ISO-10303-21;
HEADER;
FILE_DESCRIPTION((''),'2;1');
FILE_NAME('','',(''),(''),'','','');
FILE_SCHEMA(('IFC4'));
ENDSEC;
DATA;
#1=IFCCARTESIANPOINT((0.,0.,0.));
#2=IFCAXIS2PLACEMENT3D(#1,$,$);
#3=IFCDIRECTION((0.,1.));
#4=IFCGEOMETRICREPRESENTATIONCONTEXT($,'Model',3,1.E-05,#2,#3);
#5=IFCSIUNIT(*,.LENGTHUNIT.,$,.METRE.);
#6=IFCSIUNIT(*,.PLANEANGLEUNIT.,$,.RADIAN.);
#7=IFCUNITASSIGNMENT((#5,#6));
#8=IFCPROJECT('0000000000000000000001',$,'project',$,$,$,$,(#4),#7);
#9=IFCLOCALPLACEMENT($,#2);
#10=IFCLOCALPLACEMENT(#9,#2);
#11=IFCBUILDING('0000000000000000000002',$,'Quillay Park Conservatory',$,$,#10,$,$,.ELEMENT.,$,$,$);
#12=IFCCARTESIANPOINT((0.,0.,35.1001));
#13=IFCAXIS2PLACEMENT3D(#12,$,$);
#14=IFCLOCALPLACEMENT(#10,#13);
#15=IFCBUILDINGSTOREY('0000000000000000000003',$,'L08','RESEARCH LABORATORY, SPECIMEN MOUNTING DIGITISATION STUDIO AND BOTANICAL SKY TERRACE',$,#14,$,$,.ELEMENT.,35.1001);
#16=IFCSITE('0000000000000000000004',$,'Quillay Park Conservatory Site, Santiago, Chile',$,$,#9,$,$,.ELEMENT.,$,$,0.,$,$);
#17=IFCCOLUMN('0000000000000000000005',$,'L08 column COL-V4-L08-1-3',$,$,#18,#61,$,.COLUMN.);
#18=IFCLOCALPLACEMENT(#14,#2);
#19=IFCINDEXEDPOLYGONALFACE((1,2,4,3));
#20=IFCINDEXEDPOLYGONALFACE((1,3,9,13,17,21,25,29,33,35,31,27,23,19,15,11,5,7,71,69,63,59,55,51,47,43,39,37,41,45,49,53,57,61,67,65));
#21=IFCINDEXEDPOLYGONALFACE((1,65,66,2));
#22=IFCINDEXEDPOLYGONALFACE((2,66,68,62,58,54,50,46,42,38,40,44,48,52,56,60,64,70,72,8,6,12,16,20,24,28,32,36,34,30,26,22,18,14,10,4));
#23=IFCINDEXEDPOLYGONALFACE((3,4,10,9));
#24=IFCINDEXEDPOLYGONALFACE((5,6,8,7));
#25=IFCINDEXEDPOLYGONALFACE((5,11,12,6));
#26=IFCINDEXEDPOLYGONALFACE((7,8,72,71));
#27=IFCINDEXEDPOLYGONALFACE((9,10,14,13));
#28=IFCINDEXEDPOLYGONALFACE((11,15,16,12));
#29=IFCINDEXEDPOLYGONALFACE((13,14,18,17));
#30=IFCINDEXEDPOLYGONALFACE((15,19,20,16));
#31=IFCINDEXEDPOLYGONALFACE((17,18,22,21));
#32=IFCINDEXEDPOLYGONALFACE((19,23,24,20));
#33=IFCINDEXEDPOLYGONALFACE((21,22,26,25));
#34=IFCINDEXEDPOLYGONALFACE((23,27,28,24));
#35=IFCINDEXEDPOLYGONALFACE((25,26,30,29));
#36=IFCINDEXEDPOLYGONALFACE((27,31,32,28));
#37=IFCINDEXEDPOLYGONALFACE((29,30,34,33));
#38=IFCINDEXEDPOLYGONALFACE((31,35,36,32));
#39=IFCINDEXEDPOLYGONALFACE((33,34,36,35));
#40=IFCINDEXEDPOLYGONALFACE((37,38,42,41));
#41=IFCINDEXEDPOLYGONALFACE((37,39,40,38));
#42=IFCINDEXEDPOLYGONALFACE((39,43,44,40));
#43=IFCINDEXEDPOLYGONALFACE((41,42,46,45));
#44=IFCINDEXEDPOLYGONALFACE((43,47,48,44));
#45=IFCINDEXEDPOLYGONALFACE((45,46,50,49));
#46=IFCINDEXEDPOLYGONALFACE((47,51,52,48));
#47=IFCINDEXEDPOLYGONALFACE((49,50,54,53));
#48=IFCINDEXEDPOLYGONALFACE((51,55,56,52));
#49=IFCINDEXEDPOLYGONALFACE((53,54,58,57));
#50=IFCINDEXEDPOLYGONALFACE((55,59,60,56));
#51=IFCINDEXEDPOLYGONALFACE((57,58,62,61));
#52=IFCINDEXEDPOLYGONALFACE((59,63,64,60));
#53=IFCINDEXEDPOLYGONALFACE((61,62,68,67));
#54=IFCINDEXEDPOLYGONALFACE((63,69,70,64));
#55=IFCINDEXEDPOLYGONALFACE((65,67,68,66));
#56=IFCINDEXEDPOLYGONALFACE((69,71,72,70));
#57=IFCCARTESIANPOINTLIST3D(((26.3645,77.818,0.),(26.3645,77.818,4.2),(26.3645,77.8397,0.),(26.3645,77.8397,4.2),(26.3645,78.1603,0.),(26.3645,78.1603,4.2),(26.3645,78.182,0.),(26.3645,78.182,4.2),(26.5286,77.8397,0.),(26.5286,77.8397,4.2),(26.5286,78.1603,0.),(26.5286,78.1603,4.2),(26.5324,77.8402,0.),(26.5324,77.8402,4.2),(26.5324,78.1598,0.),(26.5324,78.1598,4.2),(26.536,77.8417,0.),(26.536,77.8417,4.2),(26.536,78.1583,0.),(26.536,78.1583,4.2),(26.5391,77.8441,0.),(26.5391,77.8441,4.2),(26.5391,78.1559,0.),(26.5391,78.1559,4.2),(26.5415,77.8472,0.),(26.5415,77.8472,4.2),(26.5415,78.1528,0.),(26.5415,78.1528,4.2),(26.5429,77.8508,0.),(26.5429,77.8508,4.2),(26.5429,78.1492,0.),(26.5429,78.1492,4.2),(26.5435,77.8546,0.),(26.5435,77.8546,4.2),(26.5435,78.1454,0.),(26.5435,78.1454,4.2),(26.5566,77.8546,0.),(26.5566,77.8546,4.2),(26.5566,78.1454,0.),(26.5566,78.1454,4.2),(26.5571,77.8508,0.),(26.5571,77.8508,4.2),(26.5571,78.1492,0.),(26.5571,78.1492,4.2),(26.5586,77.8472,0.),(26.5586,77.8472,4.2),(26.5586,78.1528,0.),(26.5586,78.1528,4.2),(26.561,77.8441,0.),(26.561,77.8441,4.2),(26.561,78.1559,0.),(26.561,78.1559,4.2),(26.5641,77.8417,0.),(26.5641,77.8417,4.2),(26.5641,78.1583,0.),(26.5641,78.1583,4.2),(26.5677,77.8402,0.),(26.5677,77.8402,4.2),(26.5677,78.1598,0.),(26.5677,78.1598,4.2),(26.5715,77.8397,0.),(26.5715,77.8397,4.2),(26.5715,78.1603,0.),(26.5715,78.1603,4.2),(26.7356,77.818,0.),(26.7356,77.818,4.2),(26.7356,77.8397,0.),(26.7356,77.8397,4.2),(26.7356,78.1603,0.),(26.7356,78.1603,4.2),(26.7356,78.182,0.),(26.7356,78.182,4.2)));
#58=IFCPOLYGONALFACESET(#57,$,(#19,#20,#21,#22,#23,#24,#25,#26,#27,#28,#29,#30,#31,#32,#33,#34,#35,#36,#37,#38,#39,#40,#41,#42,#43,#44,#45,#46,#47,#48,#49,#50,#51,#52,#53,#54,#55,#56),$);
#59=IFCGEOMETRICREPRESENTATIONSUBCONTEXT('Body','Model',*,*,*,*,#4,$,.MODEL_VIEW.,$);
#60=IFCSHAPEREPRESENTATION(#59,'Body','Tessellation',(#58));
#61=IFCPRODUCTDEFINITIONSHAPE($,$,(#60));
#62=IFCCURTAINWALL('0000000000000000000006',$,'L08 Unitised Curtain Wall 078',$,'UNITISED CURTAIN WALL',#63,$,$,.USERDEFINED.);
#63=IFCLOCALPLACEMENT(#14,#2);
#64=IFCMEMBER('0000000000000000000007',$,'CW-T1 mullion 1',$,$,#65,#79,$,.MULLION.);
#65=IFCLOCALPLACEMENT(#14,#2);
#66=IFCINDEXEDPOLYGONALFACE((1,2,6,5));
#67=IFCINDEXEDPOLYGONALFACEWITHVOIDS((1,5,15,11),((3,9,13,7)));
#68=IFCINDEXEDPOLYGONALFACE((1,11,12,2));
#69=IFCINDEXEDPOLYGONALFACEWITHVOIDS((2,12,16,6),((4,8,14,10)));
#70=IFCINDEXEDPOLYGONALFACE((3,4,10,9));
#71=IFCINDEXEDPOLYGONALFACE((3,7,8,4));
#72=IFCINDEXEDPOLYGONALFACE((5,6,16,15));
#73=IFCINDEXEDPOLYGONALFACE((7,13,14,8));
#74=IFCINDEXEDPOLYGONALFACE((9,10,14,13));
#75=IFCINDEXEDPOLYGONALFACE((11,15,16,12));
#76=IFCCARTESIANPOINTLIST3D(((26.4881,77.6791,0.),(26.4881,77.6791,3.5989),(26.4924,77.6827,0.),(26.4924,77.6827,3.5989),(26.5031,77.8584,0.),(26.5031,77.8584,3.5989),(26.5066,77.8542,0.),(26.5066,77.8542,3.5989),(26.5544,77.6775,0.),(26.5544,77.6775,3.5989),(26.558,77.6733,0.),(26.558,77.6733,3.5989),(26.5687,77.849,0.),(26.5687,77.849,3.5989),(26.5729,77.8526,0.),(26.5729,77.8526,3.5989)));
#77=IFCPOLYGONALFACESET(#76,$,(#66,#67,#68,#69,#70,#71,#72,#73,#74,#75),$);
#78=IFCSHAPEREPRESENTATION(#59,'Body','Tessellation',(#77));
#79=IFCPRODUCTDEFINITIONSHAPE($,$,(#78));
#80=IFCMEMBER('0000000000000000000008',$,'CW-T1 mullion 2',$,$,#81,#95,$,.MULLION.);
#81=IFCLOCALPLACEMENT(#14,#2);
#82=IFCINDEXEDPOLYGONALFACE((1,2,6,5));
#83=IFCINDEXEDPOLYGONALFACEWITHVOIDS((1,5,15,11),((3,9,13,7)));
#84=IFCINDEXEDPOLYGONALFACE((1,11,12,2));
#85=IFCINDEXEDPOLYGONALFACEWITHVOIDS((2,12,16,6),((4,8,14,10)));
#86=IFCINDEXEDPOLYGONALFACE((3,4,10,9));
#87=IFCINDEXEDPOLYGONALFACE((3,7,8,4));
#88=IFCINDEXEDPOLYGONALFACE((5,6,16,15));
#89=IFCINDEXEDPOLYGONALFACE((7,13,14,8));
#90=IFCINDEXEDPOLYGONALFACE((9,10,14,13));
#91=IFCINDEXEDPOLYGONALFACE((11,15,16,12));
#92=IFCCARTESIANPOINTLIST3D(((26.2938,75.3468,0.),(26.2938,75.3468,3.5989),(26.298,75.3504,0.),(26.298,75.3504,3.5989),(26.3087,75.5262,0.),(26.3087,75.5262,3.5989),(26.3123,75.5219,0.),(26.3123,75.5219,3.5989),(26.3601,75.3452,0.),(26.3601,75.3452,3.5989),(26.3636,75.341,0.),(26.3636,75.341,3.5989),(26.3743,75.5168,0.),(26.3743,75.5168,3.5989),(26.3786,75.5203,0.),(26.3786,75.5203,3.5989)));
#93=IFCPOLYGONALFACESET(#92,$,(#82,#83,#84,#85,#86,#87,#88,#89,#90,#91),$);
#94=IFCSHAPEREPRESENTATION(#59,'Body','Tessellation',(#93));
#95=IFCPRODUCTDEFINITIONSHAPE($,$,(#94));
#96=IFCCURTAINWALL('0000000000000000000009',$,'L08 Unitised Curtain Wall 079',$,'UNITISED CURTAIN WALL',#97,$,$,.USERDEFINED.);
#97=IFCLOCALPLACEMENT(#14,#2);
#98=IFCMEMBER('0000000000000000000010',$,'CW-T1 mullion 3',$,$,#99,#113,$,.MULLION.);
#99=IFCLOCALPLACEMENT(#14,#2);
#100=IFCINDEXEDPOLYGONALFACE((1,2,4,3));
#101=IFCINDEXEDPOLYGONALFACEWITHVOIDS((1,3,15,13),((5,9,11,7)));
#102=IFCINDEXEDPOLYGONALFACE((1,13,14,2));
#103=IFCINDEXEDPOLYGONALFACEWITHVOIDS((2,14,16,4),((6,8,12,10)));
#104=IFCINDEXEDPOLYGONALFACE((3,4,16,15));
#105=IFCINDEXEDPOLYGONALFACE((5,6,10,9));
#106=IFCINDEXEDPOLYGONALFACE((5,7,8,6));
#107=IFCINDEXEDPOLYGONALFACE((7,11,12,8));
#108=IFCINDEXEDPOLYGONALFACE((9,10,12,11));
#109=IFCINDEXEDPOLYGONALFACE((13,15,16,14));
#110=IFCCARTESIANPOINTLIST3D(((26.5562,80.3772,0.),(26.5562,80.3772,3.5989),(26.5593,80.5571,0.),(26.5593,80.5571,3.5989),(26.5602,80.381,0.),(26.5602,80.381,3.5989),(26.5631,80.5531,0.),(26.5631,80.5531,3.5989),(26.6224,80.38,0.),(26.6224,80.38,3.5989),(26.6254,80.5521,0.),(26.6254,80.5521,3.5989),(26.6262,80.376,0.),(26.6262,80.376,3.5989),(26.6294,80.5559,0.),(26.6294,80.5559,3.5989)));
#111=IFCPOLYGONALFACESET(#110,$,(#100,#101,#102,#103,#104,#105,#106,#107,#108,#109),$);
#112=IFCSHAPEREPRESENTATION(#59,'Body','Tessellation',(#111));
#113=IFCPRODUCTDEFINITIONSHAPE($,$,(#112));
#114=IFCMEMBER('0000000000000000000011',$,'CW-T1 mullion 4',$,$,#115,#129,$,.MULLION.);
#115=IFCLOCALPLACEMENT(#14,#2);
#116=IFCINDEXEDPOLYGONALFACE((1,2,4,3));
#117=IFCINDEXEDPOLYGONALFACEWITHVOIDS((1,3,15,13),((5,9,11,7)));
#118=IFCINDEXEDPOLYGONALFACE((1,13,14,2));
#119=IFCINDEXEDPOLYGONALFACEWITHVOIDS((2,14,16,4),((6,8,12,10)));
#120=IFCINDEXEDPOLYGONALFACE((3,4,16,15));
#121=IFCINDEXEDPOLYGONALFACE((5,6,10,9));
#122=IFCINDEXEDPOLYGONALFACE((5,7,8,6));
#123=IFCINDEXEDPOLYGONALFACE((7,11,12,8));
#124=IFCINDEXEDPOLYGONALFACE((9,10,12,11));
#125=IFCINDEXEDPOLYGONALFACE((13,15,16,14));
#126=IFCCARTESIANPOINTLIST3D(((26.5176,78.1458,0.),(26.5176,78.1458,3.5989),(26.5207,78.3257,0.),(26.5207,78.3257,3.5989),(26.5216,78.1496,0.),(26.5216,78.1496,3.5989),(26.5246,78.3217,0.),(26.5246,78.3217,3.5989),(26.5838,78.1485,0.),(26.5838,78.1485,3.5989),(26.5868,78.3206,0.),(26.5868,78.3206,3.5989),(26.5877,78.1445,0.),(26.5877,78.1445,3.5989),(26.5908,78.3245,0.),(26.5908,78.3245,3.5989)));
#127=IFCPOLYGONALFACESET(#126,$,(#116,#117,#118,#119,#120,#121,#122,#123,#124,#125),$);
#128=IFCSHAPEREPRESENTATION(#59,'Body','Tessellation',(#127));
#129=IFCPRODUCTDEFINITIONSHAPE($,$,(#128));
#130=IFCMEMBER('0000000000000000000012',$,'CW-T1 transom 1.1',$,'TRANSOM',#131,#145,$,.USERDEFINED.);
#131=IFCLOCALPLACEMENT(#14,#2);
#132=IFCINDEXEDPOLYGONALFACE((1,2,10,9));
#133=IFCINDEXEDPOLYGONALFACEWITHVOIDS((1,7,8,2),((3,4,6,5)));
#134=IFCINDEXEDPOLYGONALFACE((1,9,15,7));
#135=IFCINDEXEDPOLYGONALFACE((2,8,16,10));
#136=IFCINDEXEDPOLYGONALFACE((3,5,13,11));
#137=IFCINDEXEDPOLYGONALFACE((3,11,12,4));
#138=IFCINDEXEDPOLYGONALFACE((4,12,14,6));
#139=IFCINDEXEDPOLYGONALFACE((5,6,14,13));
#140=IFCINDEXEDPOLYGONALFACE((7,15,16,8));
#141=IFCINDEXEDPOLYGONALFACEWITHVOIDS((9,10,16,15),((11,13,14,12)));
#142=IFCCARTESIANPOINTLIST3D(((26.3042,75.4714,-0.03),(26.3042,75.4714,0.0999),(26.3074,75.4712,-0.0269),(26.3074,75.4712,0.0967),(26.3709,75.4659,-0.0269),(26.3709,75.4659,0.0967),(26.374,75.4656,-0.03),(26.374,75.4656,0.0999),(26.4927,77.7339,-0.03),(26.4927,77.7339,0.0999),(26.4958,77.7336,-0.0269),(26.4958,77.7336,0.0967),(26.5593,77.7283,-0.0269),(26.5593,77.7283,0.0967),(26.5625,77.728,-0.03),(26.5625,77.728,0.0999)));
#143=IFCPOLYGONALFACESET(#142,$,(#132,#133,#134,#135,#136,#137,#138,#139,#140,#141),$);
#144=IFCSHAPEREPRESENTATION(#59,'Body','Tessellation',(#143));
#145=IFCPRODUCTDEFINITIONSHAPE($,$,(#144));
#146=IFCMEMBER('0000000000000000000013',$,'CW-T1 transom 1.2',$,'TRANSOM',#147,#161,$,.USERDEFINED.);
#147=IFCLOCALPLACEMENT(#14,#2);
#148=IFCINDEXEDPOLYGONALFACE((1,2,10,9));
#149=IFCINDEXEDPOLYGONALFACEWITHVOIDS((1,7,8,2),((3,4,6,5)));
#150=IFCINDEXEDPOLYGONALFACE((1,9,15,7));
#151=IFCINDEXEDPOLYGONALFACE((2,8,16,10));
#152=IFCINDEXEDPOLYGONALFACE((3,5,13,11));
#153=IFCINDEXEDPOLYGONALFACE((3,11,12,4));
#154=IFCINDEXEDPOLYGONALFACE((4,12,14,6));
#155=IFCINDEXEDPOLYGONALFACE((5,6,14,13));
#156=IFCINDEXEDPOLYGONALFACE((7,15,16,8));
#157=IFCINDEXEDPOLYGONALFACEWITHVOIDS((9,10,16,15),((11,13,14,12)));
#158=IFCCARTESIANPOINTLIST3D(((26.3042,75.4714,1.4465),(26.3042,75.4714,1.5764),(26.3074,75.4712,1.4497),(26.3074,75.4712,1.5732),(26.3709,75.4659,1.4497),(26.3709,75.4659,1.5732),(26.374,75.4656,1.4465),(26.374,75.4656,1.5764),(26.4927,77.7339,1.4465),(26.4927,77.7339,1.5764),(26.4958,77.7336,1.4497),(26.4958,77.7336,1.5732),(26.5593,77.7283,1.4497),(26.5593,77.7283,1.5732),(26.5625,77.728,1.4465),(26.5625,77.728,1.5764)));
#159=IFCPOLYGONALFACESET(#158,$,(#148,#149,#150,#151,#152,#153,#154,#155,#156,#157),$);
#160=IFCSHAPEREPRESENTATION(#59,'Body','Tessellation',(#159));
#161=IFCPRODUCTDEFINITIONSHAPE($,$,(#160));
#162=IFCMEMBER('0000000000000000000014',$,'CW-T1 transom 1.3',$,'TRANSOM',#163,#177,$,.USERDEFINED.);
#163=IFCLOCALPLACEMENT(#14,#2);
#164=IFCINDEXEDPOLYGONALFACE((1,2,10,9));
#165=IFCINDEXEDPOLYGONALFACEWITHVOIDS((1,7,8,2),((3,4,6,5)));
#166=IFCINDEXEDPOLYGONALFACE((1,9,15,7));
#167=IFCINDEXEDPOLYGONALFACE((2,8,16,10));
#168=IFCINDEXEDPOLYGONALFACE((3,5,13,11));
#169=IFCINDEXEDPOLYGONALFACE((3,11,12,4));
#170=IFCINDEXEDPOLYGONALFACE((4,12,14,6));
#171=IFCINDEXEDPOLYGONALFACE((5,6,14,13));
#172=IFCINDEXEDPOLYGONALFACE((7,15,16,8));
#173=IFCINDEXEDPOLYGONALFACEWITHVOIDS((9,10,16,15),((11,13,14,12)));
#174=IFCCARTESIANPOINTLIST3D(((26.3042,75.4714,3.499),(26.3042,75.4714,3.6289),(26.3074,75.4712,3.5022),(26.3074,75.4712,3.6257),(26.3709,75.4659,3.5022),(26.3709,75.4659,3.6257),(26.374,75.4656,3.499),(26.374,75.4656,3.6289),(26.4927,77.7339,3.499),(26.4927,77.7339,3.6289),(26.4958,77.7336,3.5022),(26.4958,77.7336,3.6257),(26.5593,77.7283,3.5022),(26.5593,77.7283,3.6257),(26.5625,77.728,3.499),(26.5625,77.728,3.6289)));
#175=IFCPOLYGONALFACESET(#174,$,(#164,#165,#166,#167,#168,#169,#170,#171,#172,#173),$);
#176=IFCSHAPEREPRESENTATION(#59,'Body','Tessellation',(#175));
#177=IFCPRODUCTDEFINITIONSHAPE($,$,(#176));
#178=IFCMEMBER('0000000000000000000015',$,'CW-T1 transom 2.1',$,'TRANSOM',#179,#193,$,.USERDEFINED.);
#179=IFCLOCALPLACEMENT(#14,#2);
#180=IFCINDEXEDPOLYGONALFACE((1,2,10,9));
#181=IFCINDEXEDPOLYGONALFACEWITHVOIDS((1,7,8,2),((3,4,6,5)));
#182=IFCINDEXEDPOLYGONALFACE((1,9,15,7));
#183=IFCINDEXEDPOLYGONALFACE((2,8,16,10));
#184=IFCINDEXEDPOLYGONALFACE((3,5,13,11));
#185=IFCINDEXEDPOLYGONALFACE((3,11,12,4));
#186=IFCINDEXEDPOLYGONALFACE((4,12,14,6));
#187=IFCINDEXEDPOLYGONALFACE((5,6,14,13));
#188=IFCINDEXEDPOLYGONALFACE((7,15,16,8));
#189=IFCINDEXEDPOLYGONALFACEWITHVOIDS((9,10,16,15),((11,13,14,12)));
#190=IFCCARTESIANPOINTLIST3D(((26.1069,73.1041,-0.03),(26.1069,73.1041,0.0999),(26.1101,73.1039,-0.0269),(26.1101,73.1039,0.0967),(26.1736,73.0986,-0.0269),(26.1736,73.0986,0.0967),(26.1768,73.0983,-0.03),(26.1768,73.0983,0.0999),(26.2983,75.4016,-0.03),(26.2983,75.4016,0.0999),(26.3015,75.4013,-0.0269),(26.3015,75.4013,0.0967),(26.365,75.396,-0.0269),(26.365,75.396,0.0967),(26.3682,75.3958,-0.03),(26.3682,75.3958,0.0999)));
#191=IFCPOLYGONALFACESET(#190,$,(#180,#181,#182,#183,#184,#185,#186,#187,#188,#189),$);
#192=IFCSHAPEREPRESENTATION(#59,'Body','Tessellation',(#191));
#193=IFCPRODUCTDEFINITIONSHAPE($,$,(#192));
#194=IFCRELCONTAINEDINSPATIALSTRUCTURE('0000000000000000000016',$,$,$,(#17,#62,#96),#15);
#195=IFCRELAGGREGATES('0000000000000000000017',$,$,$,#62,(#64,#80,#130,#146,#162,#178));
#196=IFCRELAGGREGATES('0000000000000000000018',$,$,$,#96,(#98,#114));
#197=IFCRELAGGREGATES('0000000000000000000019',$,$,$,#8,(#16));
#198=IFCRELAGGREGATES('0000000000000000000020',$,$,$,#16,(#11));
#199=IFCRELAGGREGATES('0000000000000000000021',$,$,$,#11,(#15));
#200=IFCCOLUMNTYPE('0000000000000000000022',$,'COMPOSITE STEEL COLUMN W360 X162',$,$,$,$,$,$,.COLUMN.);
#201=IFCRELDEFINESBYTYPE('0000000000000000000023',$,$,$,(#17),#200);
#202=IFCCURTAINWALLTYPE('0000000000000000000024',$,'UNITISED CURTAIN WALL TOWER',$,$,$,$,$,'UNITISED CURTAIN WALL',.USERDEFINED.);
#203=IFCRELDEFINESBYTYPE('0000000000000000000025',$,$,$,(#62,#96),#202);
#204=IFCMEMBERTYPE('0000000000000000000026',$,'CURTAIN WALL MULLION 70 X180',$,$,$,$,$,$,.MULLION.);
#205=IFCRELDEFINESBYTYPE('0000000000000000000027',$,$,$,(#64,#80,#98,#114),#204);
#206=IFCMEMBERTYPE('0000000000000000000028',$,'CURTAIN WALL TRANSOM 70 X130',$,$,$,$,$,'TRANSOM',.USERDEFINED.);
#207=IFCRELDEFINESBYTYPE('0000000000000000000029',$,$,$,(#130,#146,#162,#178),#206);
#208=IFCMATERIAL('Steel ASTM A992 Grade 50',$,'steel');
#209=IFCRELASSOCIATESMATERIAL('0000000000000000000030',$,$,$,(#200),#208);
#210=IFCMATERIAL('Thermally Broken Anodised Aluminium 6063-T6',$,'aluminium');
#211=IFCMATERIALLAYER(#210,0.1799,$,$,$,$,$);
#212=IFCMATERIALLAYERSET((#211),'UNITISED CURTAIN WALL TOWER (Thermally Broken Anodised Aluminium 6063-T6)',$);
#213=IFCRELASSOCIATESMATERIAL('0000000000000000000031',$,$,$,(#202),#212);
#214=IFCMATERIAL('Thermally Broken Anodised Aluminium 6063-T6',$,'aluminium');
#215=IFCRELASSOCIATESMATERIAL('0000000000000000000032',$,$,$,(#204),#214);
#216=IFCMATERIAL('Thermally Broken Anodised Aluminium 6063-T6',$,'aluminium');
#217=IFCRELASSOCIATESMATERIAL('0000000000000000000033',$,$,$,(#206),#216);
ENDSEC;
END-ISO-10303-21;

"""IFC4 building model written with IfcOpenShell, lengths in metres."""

from ifc_helpers import new_model, si_unit, direction, frame, origin, origin_2d, place, context, subcontext, project, spatial, hollow_rectangle, i_section, extrude, material, layer, layer_set, material_profile, profile_set, type_object, element, aggregate, save


model = new_model("IFC4")

# Units and contexts
model_context = context("Model", 3, precision=1e-05, world=origin(), true_north=direction((0.0, 1.0)))
body_context = subcontext(model_context, "Body", "Model", "MODEL_VIEW")
ifc_project = project(units=[si_unit("LENGTHUNIT", "METRE"), si_unit("PLANEANGLEUNIT", "RADIAN")], contexts=[model_context])

# Site, building, storey
site_placement = place(None, origin())
site = spatial("IfcSite", under=ifc_project, at=site_placement, Name="Quillay Park Conservatory Site, Santiago, Chile", CompositionType="ELEMENT", RefElevation=0.0)
building_placement = place(site_placement, origin())
building = spatial("IfcBuilding", under=site, at=building_placement, Name="Quillay Park Conservatory", CompositionType="ELEMENT")
storey_placement = place(building_placement, frame((0.0, 0.0, 35.1001)))
storey = spatial("IfcBuildingStorey", under=building, at=storey_placement, Name="L08", Description="RESEARCH LABORATORY, SPECIMEN MOUNTING DIGITISATION STUDIO AND BOTANICAL SKY TERRACE", CompositionType="ELEMENT", Elevation=35.1001)

# Column
ifc_material_1 = material(Name="Steel ASTM A992 Grade 50", Category="steel")
ifc_material_profile_1 = material_profile(ifc_material_1, i_section(OverallWidth=0.3711, OverallDepth=0.364, WebThickness=0.0132, FlangeThickness=0.0217, FilletRadius=0.0149, at=origin_2d()), Name="W360x162")
ifc_profile_set_1 = profile_set([ifc_material_profile_1], Name="Steel ASTM A992 Grade 50")
column_type = type_object("IfcColumnType", Name="COMPOSITE STEEL COLUMN W360 X162", PredefinedType="COLUMN", material=ifc_profile_set_1)
column_placement = place(storey_placement, frame((26.55, 78.0, 0.0), z_axis=(0.0, 0.0, 1.0), x_axis=(1.0, 0.0, 0.0)))
element("IfcColumn", 1, at=column_placement, inside=storey, type_object=column_type, Name="L08 column COL-V4-L08-1-3", PredefinedType="COLUMN", context=body_context, shape_type="SweptSolid", body=[
    extrude(i_section(OverallWidth=0.3711, OverallDepth=0.364, WebThickness=0.0132, FlangeThickness=0.0217, FilletRadius=0.0149, at=origin_2d()), origin(), (0.0, 0.0, 1.0), 4.2),
])

# Curtain walls, members
ifc_material_2 = material(Name="Thermally Broken Anodised Aluminium 6063-T6", Category="aluminium")
ifc_layer_1 = layer(ifc_material_2, 0.1799)
ifc_layer_set_1 = layer_set([ifc_layer_1], Name="UNITISED CURTAIN WALL TOWER (Thermally Broken Anodised Aluminium 6063-T6)")
curtain_wall_type = type_object("IfcCurtainWallType", Name="UNITISED CURTAIN WALL TOWER", ElementType="UNITISED CURTAIN WALL", PredefinedType="USERDEFINED", material=ifc_layer_set_1)
curtain_wall_1_placement = place(storey_placement, origin())
curtain_wall_1 = element("IfcCurtainWall", 2, at=curtain_wall_1_placement, inside=storey, type_object=curtain_wall_type, Name="L08 Unitised Curtain Wall 078", ObjectType="UNITISED CURTAIN WALL", PredefinedType="USERDEFINED")
ifc_material_3 = material(Name="Thermally Broken Anodised Aluminium 6063-T6", Category="aluminium")
ifc_material_profile_2 = material_profile(ifc_material_3, hollow_rectangle(XDim=0.0701, YDim=0.1799, WallThickness=0.0039, at=origin_2d()), Name="AL70x180x4")
ifc_profile_set_2 = profile_set([ifc_material_profile_2], Name="Thermally Broken Anodised Aluminium 6063-T6")
member_type_1 = type_object("IfcMemberType", Name="CURTAIN WALL MULLION 70 X180", PredefinedType="MULLION", material=ifc_profile_set_2)
member_1_placement = place(storey_placement, frame((26.5305, 77.7659, 0.0), z_axis=(0.0, 0.0, 1.0), x_axis=(0.996546, -0.083048, 0.0)))
member_1 = element("IfcMember", 3, at=member_1_placement, type_object=member_type_1, Name="CW-T1 mullion 1", PredefinedType="MULLION", context=body_context, shape_type="SweptSolid", body=[
    extrude(hollow_rectangle(XDim=0.0701, YDim=0.1799, WallThickness=0.0039, at=origin_2d()), origin(), (0.0, 0.0, 1.0), 3.5989),
])
member_2_placement = place(storey_placement, frame((26.3362, 75.4336, 0.0), z_axis=(0.0, 0.0, 1.0), x_axis=(0.996546, -0.083048, 0.0)))
member_2 = element("IfcMember", 4, at=member_2_placement, type_object=member_type_1, Name="CW-T1 mullion 2", PredefinedType="MULLION", context=body_context, shape_type="SweptSolid", body=[
    extrude(hollow_rectangle(XDim=0.0701, YDim=0.1799, WallThickness=0.0039, at=origin_2d()), origin(), (0.0, 0.0, 1.0), 3.5989),
])
curtain_wall_2_placement = place(storey_placement, origin())
curtain_wall_2 = element("IfcCurtainWall", 5, at=curtain_wall_2_placement, inside=storey, type_object=curtain_wall_type, Name="L08 Unitised Curtain Wall 079", ObjectType="UNITISED CURTAIN WALL", PredefinedType="USERDEFINED")
member_3_placement = place(storey_placement, frame((26.5928, 80.4666, 0.0), z_axis=(0.0, 0.0, 1.0), x_axis=(0.999849, -0.01735, 0.0)))
member_3 = element("IfcMember", 6, at=member_3_placement, type_object=member_type_1, Name="CW-T1 mullion 3", PredefinedType="MULLION", context=body_context, shape_type="SweptSolid", body=[
    extrude(hollow_rectangle(XDim=0.0701, YDim=0.1799, WallThickness=0.0039, at=origin_2d()), origin(), (0.0, 0.0, 1.0), 3.5989),
])
member_4_placement = place(storey_placement, frame((26.5542, 78.2351, 0.0), z_axis=(0.0, 0.0, 1.0), x_axis=(0.999849, -0.01735, 0.0)))
member_4 = element("IfcMember", 7, at=member_4_placement, type_object=member_type_1, Name="CW-T1 mullion 4", PredefinedType="MULLION", context=body_context, shape_type="SweptSolid", body=[
    extrude(hollow_rectangle(XDim=0.0701, YDim=0.1799, WallThickness=0.0039, at=origin_2d()), origin(), (0.0, 0.0, 1.0), 3.5989),
])

# Members
ifc_material_4 = material(Name="Thermally Broken Anodised Aluminium 6063-T6", Category="aluminium")
ifc_material_profile_3 = material_profile(ifc_material_4, hollow_rectangle(XDim=0.0701, YDim=0.1299, WallThickness=0.0032, at=origin_2d()), Name="AL70x130x3.2")
ifc_profile_set_3 = profile_set([ifc_material_profile_3], Name="Thermally Broken Anodised Aluminium 6063-T6")
member_type_2 = type_object("IfcMemberType", Name="CURTAIN WALL TRANSOM 70 X130", ElementType="TRANSOM", PredefinedType="USERDEFINED", material=ifc_profile_set_3)
member_5_placement = place(storey_placement, frame((26.5276, 77.731, 0.0349), z_axis=(-0.083019, -0.996548, 0.0), x_axis=(0.996548, -0.083019, 0.0)))
member_5 = element("IfcMember", 8, at=member_5_placement, type_object=member_type_2, Name="CW-T1 transom 1.1", ObjectType="TRANSOM", PredefinedType="USERDEFINED", context=body_context, shape_type="SweptSolid", body=[
    extrude(hollow_rectangle(XDim=0.0701, YDim=0.1299, WallThickness=0.0032, at=origin_2d()), origin(), (0.0, 0.0, 1.0), 2.2703),
])
member_6_placement = place(storey_placement, frame((26.5276, 77.731, 1.5115), z_axis=(-0.083019, -0.996548, 0.0), x_axis=(0.996548, -0.083019, 0.0)))
member_6 = element("IfcMember", 9, at=member_6_placement, type_object=member_type_2, Name="CW-T1 transom 1.2", ObjectType="TRANSOM", PredefinedType="USERDEFINED", context=body_context, shape_type="SweptSolid", body=[
    extrude(hollow_rectangle(XDim=0.0701, YDim=0.1299, WallThickness=0.0032, at=origin_2d()), origin(), (0.0, 0.0, 1.0), 2.2703),
])
member_7_placement = place(storey_placement, frame((26.5276, 77.731, 3.564), z_axis=(-0.083019, -0.996548, 0.0), x_axis=(0.996548, -0.083019, 0.0)))
member_7 = element("IfcMember", 10, at=member_7_placement, type_object=member_type_2, Name="CW-T1 transom 1.3", ObjectType="TRANSOM", PredefinedType="USERDEFINED", context=body_context, shape_type="SweptSolid", body=[
    extrude(hollow_rectangle(XDim=0.0701, YDim=0.1299, WallThickness=0.0032, at=origin_2d()), origin(), (0.0, 0.0, 1.0), 2.2703),
])
member_8_placement = place(storey_placement, frame((26.3333, 75.3987, 0.0349), z_axis=(-0.083028, -0.996547, 0.0), x_axis=(0.996547, -0.083028, 0.0)))
member_8 = element("IfcMember", 11, at=member_8_placement, type_object=member_type_2, Name="CW-T1 transom 2.1", ObjectType="TRANSOM", PredefinedType="USERDEFINED", context=body_context, shape_type="SweptSolid", body=[
    extrude(hollow_rectangle(XDim=0.0701, YDim=0.1299, WallThickness=0.0032, at=origin_2d()), origin(), (0.0, 0.0, 1.0), 2.3054),
])

aggregate(curtain_wall_1, [member_1, member_2, member_5, member_6, member_7, member_8])
aggregate(curtain_wall_2, [member_3, member_4])

save(model, "model.ifc")
